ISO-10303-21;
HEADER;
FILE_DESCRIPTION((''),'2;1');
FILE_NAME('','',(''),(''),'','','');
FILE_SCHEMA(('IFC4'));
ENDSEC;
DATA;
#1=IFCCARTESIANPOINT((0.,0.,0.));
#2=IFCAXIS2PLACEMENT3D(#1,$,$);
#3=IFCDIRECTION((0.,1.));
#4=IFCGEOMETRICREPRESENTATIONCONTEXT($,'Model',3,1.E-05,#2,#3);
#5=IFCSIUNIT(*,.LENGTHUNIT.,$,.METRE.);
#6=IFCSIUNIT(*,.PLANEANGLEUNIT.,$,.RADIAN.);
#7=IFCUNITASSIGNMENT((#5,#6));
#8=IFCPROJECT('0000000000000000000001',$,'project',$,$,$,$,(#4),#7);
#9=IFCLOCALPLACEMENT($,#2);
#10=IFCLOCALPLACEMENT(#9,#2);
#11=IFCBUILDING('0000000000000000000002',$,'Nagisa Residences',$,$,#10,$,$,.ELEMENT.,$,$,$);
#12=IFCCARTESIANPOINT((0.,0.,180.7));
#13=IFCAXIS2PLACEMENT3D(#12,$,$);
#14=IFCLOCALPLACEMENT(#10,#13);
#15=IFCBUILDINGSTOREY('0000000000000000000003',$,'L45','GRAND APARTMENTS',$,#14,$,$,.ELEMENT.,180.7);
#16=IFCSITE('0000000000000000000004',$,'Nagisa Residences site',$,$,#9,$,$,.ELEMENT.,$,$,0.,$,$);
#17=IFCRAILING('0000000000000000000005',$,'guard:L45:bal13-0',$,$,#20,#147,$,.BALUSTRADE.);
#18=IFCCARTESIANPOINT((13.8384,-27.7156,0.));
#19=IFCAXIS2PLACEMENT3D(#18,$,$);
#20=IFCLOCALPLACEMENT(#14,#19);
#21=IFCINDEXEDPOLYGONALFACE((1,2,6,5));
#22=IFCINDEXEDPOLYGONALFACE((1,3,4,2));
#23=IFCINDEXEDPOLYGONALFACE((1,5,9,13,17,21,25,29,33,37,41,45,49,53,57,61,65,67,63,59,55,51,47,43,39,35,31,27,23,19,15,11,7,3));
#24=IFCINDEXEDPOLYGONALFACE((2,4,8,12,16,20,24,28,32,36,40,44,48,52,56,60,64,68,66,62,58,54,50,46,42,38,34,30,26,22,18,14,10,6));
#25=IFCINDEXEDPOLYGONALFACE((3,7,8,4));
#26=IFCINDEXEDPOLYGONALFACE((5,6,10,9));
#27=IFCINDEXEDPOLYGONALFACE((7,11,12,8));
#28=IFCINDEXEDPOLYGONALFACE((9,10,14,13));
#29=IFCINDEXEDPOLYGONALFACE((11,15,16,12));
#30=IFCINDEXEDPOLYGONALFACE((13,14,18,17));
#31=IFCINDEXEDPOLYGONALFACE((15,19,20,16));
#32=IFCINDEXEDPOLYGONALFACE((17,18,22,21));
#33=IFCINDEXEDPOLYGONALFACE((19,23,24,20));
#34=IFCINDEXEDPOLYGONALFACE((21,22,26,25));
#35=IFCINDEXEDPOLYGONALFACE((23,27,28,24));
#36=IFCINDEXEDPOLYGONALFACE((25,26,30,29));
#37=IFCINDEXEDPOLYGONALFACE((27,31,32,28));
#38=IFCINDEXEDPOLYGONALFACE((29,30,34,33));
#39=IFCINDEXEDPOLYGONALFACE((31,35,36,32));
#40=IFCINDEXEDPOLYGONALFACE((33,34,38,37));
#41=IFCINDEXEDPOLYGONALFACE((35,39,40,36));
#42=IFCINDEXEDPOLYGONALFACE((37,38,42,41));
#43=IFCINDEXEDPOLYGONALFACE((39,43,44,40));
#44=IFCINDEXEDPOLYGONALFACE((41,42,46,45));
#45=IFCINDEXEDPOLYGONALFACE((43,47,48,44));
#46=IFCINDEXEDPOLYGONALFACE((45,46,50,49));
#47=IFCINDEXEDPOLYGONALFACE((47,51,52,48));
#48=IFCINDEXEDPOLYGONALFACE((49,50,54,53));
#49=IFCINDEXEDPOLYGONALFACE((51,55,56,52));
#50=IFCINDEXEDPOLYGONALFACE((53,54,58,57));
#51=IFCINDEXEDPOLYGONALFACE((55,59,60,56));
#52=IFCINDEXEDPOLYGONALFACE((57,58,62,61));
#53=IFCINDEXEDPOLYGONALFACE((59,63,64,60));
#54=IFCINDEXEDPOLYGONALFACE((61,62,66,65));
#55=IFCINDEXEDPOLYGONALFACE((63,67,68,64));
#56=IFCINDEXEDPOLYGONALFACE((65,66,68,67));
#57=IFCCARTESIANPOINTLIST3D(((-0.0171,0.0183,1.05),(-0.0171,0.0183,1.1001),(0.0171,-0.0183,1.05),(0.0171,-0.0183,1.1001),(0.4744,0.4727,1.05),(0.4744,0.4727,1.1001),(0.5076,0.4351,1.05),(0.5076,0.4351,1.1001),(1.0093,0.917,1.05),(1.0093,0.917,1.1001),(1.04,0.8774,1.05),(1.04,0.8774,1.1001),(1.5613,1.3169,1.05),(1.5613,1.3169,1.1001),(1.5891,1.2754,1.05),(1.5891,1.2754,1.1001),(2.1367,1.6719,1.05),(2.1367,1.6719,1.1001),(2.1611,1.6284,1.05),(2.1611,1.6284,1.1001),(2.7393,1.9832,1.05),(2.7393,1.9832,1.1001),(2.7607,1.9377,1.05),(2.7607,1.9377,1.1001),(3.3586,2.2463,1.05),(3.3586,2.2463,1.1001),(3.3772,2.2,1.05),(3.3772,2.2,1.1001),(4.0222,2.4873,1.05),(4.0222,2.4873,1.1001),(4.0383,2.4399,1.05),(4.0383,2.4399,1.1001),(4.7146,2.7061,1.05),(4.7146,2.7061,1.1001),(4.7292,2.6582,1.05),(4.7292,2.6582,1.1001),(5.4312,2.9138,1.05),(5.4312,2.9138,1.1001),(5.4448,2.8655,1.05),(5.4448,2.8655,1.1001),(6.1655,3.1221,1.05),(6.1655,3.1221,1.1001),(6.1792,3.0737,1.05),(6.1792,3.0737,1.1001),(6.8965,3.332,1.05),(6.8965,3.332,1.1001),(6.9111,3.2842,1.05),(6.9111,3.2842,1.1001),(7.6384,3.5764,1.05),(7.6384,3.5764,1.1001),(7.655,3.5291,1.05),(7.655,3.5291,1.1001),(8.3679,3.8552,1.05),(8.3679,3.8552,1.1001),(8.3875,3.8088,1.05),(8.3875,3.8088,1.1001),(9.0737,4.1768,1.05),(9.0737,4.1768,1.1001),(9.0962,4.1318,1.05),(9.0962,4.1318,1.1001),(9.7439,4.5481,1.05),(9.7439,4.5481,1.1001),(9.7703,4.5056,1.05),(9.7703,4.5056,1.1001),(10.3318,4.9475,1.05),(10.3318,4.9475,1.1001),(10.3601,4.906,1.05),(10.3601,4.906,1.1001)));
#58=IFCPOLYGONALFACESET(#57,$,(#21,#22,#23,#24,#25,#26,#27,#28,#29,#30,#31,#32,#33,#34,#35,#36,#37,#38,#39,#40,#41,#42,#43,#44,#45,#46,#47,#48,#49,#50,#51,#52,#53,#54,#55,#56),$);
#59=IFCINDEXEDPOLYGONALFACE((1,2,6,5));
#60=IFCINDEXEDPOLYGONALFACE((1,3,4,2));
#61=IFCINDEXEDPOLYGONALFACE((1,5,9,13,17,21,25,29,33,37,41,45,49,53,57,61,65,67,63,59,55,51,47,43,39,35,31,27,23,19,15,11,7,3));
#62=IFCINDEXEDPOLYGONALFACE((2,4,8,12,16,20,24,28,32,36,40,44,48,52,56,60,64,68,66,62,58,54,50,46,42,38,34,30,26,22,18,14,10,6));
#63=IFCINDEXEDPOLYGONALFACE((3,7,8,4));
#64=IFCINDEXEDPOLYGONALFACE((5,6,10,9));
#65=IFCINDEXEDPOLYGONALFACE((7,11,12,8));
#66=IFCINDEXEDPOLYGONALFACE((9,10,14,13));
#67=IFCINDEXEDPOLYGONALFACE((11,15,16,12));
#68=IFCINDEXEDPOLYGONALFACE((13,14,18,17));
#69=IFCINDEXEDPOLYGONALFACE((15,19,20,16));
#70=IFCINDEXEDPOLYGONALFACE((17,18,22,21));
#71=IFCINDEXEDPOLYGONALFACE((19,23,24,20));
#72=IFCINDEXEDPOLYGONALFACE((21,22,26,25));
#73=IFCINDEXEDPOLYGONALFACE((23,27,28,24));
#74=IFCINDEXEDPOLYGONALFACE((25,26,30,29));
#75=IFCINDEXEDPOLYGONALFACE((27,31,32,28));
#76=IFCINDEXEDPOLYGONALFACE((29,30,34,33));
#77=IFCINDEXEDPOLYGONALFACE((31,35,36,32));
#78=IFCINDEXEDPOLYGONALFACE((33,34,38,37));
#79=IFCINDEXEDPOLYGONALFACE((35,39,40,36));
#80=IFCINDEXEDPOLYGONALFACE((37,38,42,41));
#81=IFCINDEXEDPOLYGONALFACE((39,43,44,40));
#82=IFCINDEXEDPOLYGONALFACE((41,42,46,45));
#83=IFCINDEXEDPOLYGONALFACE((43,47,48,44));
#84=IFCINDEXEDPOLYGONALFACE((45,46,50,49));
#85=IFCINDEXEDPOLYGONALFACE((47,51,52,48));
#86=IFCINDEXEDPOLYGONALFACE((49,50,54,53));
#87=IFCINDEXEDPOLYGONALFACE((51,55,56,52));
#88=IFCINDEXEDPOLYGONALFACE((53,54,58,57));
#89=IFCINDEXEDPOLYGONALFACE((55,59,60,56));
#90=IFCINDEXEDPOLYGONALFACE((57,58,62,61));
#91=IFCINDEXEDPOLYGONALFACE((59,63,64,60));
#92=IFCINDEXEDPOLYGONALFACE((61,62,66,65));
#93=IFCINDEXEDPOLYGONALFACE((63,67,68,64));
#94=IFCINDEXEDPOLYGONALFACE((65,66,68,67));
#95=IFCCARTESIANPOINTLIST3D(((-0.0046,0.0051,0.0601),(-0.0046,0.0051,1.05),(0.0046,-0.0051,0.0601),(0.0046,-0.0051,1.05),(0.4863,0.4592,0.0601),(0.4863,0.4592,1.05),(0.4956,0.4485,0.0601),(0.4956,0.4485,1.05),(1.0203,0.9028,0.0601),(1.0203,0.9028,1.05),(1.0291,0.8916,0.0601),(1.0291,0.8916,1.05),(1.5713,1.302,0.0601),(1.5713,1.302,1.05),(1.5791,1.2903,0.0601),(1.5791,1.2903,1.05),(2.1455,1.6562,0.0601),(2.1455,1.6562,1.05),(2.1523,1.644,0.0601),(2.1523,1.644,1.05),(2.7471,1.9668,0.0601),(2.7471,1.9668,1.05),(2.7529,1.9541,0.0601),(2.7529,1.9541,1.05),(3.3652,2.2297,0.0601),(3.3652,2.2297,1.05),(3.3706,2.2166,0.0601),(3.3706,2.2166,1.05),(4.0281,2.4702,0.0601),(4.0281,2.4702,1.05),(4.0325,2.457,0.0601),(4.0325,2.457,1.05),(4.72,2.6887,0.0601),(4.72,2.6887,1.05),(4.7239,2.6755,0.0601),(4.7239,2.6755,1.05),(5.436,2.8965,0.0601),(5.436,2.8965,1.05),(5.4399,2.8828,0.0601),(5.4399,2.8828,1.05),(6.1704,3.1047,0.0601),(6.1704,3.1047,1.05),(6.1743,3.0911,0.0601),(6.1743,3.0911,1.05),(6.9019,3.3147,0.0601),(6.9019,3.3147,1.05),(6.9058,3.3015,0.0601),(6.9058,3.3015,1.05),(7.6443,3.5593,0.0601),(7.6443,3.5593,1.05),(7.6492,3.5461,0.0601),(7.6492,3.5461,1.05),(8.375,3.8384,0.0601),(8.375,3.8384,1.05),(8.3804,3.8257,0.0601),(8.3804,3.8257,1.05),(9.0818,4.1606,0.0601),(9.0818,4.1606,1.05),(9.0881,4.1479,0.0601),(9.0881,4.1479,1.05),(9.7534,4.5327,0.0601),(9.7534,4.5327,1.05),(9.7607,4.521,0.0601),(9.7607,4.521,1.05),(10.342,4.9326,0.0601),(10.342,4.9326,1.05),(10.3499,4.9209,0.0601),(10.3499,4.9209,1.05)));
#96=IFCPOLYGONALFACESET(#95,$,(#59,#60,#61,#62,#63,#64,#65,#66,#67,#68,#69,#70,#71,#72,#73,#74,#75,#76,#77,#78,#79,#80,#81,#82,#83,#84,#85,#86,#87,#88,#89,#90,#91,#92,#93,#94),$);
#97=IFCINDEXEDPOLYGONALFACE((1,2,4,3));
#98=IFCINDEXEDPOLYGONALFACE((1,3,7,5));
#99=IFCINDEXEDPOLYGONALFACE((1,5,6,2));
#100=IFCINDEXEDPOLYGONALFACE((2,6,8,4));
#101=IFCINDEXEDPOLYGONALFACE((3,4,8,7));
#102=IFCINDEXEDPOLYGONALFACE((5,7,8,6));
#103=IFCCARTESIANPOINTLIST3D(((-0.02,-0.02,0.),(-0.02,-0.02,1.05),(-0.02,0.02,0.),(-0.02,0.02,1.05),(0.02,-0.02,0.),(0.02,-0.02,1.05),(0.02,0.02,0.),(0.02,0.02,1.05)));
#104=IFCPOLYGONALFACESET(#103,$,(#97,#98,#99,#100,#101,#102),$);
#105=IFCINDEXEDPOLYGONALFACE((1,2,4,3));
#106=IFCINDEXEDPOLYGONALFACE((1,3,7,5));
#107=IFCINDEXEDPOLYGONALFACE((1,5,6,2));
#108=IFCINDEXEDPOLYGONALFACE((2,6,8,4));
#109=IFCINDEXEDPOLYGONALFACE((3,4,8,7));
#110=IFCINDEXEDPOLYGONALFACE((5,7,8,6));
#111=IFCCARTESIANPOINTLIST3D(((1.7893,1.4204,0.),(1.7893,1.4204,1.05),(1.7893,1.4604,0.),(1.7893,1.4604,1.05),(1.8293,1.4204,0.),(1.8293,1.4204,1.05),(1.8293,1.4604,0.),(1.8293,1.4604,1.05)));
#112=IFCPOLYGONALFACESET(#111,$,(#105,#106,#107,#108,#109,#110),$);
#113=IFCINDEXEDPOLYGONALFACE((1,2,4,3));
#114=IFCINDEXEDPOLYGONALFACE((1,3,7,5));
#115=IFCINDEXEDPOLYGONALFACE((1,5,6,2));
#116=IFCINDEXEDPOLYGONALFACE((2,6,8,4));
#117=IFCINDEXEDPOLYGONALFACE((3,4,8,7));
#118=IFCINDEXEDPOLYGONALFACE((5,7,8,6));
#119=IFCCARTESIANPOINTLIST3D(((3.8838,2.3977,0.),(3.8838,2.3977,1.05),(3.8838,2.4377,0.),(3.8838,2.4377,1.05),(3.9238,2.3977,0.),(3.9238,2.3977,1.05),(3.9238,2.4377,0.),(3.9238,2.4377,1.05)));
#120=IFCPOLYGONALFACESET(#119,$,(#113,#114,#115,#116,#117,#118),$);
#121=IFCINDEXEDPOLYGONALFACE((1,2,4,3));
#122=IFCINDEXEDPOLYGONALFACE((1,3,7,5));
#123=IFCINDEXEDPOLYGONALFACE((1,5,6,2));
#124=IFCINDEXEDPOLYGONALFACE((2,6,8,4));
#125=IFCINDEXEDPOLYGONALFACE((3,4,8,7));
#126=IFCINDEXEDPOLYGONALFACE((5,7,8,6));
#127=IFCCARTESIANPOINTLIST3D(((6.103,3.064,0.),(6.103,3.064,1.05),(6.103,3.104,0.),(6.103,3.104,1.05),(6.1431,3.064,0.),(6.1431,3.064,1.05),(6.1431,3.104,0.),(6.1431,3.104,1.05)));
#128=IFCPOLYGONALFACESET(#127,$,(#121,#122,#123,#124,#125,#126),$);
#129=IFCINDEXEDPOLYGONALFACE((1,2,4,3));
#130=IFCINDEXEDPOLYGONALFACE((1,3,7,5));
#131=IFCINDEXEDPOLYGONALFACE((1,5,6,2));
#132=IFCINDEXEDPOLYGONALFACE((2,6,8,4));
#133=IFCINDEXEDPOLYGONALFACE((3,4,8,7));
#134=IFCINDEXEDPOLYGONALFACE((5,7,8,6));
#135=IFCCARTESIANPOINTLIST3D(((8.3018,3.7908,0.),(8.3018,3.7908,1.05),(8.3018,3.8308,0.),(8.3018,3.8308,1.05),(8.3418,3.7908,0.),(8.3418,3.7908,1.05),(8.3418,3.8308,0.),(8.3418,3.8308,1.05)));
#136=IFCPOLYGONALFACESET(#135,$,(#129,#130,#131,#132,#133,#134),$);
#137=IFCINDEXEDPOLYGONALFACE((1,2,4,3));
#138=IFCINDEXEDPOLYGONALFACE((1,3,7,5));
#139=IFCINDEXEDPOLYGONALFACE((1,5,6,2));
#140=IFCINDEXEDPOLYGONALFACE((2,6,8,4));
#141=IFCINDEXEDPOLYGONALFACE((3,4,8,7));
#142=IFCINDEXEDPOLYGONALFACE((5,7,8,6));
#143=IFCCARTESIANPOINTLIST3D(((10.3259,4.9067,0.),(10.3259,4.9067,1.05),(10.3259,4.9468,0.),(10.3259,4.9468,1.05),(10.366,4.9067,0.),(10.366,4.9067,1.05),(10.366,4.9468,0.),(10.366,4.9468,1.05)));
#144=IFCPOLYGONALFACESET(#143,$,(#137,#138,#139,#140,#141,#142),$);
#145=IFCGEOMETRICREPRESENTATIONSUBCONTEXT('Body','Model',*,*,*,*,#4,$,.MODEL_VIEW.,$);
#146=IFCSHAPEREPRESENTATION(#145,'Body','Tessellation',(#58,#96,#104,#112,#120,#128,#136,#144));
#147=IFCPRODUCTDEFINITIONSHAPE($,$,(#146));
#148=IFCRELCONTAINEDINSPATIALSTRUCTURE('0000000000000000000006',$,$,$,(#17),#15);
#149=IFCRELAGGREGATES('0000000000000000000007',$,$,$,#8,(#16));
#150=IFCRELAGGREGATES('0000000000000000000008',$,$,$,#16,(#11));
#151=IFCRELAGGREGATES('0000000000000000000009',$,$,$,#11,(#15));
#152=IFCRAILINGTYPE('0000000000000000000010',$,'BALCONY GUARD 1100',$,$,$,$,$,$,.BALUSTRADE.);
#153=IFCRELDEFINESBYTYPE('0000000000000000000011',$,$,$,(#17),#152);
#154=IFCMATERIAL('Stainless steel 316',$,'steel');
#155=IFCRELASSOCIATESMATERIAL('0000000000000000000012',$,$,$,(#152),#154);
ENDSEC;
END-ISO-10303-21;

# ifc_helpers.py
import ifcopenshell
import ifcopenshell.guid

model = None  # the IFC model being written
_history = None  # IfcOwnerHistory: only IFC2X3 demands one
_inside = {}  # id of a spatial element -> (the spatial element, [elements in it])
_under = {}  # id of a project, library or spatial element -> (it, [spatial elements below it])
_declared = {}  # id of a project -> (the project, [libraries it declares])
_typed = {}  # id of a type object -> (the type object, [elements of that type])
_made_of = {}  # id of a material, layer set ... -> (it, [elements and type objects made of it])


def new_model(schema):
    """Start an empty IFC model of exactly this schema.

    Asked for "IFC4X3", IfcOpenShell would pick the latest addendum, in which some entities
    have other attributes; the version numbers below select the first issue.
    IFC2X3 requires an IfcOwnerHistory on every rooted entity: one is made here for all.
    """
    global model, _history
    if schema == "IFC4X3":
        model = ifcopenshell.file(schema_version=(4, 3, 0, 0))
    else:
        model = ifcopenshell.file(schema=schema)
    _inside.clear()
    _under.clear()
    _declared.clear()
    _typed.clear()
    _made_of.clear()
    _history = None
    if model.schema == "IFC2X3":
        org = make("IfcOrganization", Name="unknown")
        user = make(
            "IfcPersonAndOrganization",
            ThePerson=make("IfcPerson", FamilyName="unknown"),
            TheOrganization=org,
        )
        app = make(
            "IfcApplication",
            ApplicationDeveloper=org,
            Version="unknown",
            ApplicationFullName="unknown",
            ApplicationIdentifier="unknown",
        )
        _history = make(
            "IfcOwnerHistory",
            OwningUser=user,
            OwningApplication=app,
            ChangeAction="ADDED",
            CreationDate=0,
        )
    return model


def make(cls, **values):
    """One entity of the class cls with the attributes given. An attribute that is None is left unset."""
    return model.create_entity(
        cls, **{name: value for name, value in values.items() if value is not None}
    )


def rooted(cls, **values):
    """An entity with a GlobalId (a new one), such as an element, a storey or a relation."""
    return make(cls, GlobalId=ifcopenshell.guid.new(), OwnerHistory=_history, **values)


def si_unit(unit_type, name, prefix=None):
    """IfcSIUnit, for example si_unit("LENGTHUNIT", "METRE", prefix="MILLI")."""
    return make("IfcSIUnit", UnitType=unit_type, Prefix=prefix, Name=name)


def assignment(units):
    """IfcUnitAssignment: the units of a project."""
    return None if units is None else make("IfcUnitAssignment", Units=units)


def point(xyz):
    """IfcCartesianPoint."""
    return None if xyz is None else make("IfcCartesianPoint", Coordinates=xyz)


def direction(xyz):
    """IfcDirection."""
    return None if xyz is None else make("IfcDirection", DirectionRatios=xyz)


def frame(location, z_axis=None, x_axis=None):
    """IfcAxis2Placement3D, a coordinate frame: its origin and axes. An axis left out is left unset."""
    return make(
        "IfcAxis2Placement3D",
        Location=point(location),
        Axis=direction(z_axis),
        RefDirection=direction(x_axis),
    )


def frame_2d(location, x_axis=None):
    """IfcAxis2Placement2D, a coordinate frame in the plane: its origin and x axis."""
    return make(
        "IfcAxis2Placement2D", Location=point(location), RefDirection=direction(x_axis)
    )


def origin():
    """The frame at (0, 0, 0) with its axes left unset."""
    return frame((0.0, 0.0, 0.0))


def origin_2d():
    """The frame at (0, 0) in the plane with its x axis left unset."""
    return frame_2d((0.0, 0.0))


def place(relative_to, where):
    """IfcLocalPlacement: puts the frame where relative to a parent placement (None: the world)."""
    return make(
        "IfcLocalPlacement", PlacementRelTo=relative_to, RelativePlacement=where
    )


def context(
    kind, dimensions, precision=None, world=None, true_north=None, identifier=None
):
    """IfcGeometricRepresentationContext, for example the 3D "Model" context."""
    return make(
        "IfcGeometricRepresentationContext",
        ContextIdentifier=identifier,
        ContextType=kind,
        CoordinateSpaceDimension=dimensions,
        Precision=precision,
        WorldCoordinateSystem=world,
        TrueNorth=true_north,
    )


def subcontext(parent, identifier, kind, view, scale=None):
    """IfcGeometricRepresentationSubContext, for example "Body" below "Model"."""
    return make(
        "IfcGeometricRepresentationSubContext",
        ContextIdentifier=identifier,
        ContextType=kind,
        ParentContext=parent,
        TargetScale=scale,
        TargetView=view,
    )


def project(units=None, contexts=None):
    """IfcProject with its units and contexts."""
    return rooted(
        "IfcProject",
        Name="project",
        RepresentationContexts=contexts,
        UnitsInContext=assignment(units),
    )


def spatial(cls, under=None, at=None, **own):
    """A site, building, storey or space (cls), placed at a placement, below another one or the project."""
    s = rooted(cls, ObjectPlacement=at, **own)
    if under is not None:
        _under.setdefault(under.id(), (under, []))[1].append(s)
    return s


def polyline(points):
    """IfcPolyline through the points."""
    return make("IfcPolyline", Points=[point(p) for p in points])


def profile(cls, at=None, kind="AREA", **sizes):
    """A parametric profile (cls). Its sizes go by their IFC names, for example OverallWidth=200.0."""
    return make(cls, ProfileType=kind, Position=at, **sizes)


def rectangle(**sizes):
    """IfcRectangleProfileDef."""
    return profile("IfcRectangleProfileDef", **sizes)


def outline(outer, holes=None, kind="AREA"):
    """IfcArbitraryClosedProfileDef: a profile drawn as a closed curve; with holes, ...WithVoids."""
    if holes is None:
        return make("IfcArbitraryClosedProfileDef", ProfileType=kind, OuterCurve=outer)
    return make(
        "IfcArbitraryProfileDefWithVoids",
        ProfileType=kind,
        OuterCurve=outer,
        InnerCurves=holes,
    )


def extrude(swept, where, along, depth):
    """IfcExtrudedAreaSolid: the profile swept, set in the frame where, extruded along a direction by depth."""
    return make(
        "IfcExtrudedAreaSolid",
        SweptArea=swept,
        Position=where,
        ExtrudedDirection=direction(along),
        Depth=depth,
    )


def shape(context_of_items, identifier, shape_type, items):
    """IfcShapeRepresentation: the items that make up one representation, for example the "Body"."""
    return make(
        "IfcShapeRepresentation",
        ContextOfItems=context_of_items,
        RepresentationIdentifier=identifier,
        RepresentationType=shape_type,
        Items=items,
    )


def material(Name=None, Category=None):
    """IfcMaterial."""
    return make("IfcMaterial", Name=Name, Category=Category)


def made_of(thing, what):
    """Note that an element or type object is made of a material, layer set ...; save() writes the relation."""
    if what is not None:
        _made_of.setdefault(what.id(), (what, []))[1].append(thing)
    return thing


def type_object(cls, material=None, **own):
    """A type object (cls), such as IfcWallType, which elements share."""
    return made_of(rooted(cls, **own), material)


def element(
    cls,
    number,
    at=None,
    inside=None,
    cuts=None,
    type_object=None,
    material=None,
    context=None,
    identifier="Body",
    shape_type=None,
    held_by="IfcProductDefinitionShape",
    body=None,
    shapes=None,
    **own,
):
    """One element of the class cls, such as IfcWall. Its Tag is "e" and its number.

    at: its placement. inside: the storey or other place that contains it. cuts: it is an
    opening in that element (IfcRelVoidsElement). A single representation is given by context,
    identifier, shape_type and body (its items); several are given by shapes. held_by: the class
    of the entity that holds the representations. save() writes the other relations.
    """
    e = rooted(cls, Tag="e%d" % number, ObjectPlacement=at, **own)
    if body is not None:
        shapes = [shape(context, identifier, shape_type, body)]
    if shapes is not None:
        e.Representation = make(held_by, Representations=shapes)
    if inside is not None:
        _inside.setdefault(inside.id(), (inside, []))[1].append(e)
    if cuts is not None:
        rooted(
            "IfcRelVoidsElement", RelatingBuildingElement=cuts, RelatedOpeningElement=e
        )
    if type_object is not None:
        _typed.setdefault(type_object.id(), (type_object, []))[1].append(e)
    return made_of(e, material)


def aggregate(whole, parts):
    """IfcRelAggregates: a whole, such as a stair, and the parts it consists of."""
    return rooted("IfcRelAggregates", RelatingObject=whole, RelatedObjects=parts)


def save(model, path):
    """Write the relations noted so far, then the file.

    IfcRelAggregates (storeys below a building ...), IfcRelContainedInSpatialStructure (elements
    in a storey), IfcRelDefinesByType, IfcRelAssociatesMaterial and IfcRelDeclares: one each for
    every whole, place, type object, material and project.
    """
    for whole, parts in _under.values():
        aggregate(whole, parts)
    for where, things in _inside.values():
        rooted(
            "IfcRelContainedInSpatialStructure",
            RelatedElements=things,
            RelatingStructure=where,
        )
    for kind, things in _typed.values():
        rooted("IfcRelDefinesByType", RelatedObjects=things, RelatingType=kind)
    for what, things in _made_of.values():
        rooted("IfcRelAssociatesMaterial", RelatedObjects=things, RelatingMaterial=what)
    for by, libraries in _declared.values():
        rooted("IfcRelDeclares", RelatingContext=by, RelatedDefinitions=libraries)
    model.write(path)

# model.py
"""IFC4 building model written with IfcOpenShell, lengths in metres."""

from ifc_helpers import new_model, si_unit, direction, frame, origin, origin_2d, place, context, subcontext, project, spatial, polyline, rectangle, outline, extrude, material, type_object, element, save


model = new_model("IFC4")

# Units and contexts
model_context = context("Model", 3, precision=1e-05, world=origin(), true_north=direction((0.0, 1.0)))
body_context = subcontext(model_context, "Body", "Model", "MODEL_VIEW")
ifc_project = project(units=[si_unit("LENGTHUNIT", "METRE"), si_unit("PLANEANGLEUNIT", "RADIAN")], contexts=[model_context])

# Site, building, storey
site_placement = place(None, origin())
site = spatial("IfcSite", under=ifc_project, at=site_placement, Name="Nagisa Residences site", CompositionType="ELEMENT", RefElevation=0.0)
building_placement = place(site_placement, origin())
building = spatial("IfcBuilding", under=site, at=building_placement, Name="Nagisa Residences", CompositionType="ELEMENT")
storey_placement = place(building_placement, frame((0.0, 0.0, 180.7)))
storey = spatial("IfcBuildingStorey", under=building, at=storey_placement, Name="L45", Description="GRAND APARTMENTS", CompositionType="ELEMENT", Elevation=180.7)

# Railing
ifc_material_1 = material(Name="Stainless steel 316", Category="steel")
railing_type = type_object("IfcRailingType", Name="BALCONY GUARD 1100", PredefinedType="BALUSTRADE", material=ifc_material_1)
railing_1_placement = place(storey_placement, frame((13.8384, -27.7156, 0.0)))
element("IfcRailing", 1, at=railing_1_placement, inside=storey, type_object=railing_type, Name="guard:L45:bal13-0", PredefinedType="BALUSTRADE", context=body_context, shape_type="SweptSolid", body=[
    extrude(outline(polyline([(0.4744, 0.4727), (-0.0171, 0.0183), (0.0171, -0.0183), (0.5076, 0.4351), (1.04, 0.8774), (1.5891, 1.2754), (2.1611, 1.6284), (2.7607, 1.9377), (3.3772, 2.2), (4.0383, 2.4399), (4.7292, 2.6582), (5.4448, 2.8655), (6.1792, 3.0737), (6.9111, 3.2842), (7.655, 3.5291), (8.3875, 3.8088), (9.0962, 4.1318), (9.7703, 4.5056), (10.3601, 4.906), (10.3318, 4.9475), (9.7439, 4.5481), (9.0737, 4.1768), (8.3679, 3.8552), (7.6384, 3.5764), (6.8965, 3.332), (6.1655, 3.1221), (5.4312, 2.9138), (4.7146, 2.7061), (4.0222, 2.4873), (3.3586, 2.2463), (2.7393, 1.9832), (2.1367, 1.6719), (1.5613, 1.3169), (1.0093, 0.917), (0.4744, 0.4727)])), frame((0.0, 0.0, 1.05)), (0.0, 0.0, 1.0), 0.05),
    extrude(outline(polyline([(0.4863, 0.4592), (-0.0046, 0.0051), (0.0046, -0.0051), (0.4956, 0.4485), (1.0291, 0.8916), (1.5791, 1.2903), (2.1523, 1.644), (2.7529, 1.9541), (3.3706, 2.2166), (4.0325, 2.457), (4.7239, 2.6755), (5.4399, 2.8828), (6.1743, 3.0911), (6.9058, 3.3015), (7.6492, 3.5461), (8.3804, 3.8257), (9.0881, 4.1479), (9.7607, 4.521), (10.3499, 4.9209), (10.342, 4.9326), (9.7534, 4.5327), (9.0818, 4.1606), (8.375, 3.8384), (7.6443, 3.5593), (6.9019, 3.3147), (6.1704, 3.1047), (5.436, 2.8965), (4.72, 2.6887), (4.0281, 2.4702), (3.3652, 2.2297), (2.7471, 1.9668), (2.1455, 1.6562), (1.5713, 1.302), (1.0203, 0.9028), (0.4863, 0.4592)])), frame((0.0, 0.0, 0.0601)), (0.0, 0.0, 1.0), 0.99),
    extrude(rectangle(XDim=0.04, YDim=0.04, at=origin_2d()), origin(), (0.0, 0.0, 1.0), 1.05),
    extrude(rectangle(XDim=0.04, YDim=0.04, at=origin_2d()), frame((1.8093, 1.4404, 0.0)), (0.0, 0.0, 1.0), 1.05),
    extrude(rectangle(XDim=0.04, YDim=0.04, at=origin_2d()), frame((3.9038, 2.4177, 0.0)), (0.0, 0.0, 1.0), 1.05),
    extrude(rectangle(XDim=0.04, YDim=0.04, at=origin_2d()), frame((6.123, 3.084, 0.0)), (0.0, 0.0, 1.0), 1.05),
    extrude(rectangle(XDim=0.04, YDim=0.04, at=origin_2d()), frame((8.3218, 3.8108, 0.0)), (0.0, 0.0, 1.0), 1.05),
    extrude(rectangle(XDim=0.04, YDim=0.04, at=origin_2d()), frame((10.3459, 4.9268, 0.0)), (0.0, 0.0, 1.0), 1.05),
])

save(model, "model.ifc")
